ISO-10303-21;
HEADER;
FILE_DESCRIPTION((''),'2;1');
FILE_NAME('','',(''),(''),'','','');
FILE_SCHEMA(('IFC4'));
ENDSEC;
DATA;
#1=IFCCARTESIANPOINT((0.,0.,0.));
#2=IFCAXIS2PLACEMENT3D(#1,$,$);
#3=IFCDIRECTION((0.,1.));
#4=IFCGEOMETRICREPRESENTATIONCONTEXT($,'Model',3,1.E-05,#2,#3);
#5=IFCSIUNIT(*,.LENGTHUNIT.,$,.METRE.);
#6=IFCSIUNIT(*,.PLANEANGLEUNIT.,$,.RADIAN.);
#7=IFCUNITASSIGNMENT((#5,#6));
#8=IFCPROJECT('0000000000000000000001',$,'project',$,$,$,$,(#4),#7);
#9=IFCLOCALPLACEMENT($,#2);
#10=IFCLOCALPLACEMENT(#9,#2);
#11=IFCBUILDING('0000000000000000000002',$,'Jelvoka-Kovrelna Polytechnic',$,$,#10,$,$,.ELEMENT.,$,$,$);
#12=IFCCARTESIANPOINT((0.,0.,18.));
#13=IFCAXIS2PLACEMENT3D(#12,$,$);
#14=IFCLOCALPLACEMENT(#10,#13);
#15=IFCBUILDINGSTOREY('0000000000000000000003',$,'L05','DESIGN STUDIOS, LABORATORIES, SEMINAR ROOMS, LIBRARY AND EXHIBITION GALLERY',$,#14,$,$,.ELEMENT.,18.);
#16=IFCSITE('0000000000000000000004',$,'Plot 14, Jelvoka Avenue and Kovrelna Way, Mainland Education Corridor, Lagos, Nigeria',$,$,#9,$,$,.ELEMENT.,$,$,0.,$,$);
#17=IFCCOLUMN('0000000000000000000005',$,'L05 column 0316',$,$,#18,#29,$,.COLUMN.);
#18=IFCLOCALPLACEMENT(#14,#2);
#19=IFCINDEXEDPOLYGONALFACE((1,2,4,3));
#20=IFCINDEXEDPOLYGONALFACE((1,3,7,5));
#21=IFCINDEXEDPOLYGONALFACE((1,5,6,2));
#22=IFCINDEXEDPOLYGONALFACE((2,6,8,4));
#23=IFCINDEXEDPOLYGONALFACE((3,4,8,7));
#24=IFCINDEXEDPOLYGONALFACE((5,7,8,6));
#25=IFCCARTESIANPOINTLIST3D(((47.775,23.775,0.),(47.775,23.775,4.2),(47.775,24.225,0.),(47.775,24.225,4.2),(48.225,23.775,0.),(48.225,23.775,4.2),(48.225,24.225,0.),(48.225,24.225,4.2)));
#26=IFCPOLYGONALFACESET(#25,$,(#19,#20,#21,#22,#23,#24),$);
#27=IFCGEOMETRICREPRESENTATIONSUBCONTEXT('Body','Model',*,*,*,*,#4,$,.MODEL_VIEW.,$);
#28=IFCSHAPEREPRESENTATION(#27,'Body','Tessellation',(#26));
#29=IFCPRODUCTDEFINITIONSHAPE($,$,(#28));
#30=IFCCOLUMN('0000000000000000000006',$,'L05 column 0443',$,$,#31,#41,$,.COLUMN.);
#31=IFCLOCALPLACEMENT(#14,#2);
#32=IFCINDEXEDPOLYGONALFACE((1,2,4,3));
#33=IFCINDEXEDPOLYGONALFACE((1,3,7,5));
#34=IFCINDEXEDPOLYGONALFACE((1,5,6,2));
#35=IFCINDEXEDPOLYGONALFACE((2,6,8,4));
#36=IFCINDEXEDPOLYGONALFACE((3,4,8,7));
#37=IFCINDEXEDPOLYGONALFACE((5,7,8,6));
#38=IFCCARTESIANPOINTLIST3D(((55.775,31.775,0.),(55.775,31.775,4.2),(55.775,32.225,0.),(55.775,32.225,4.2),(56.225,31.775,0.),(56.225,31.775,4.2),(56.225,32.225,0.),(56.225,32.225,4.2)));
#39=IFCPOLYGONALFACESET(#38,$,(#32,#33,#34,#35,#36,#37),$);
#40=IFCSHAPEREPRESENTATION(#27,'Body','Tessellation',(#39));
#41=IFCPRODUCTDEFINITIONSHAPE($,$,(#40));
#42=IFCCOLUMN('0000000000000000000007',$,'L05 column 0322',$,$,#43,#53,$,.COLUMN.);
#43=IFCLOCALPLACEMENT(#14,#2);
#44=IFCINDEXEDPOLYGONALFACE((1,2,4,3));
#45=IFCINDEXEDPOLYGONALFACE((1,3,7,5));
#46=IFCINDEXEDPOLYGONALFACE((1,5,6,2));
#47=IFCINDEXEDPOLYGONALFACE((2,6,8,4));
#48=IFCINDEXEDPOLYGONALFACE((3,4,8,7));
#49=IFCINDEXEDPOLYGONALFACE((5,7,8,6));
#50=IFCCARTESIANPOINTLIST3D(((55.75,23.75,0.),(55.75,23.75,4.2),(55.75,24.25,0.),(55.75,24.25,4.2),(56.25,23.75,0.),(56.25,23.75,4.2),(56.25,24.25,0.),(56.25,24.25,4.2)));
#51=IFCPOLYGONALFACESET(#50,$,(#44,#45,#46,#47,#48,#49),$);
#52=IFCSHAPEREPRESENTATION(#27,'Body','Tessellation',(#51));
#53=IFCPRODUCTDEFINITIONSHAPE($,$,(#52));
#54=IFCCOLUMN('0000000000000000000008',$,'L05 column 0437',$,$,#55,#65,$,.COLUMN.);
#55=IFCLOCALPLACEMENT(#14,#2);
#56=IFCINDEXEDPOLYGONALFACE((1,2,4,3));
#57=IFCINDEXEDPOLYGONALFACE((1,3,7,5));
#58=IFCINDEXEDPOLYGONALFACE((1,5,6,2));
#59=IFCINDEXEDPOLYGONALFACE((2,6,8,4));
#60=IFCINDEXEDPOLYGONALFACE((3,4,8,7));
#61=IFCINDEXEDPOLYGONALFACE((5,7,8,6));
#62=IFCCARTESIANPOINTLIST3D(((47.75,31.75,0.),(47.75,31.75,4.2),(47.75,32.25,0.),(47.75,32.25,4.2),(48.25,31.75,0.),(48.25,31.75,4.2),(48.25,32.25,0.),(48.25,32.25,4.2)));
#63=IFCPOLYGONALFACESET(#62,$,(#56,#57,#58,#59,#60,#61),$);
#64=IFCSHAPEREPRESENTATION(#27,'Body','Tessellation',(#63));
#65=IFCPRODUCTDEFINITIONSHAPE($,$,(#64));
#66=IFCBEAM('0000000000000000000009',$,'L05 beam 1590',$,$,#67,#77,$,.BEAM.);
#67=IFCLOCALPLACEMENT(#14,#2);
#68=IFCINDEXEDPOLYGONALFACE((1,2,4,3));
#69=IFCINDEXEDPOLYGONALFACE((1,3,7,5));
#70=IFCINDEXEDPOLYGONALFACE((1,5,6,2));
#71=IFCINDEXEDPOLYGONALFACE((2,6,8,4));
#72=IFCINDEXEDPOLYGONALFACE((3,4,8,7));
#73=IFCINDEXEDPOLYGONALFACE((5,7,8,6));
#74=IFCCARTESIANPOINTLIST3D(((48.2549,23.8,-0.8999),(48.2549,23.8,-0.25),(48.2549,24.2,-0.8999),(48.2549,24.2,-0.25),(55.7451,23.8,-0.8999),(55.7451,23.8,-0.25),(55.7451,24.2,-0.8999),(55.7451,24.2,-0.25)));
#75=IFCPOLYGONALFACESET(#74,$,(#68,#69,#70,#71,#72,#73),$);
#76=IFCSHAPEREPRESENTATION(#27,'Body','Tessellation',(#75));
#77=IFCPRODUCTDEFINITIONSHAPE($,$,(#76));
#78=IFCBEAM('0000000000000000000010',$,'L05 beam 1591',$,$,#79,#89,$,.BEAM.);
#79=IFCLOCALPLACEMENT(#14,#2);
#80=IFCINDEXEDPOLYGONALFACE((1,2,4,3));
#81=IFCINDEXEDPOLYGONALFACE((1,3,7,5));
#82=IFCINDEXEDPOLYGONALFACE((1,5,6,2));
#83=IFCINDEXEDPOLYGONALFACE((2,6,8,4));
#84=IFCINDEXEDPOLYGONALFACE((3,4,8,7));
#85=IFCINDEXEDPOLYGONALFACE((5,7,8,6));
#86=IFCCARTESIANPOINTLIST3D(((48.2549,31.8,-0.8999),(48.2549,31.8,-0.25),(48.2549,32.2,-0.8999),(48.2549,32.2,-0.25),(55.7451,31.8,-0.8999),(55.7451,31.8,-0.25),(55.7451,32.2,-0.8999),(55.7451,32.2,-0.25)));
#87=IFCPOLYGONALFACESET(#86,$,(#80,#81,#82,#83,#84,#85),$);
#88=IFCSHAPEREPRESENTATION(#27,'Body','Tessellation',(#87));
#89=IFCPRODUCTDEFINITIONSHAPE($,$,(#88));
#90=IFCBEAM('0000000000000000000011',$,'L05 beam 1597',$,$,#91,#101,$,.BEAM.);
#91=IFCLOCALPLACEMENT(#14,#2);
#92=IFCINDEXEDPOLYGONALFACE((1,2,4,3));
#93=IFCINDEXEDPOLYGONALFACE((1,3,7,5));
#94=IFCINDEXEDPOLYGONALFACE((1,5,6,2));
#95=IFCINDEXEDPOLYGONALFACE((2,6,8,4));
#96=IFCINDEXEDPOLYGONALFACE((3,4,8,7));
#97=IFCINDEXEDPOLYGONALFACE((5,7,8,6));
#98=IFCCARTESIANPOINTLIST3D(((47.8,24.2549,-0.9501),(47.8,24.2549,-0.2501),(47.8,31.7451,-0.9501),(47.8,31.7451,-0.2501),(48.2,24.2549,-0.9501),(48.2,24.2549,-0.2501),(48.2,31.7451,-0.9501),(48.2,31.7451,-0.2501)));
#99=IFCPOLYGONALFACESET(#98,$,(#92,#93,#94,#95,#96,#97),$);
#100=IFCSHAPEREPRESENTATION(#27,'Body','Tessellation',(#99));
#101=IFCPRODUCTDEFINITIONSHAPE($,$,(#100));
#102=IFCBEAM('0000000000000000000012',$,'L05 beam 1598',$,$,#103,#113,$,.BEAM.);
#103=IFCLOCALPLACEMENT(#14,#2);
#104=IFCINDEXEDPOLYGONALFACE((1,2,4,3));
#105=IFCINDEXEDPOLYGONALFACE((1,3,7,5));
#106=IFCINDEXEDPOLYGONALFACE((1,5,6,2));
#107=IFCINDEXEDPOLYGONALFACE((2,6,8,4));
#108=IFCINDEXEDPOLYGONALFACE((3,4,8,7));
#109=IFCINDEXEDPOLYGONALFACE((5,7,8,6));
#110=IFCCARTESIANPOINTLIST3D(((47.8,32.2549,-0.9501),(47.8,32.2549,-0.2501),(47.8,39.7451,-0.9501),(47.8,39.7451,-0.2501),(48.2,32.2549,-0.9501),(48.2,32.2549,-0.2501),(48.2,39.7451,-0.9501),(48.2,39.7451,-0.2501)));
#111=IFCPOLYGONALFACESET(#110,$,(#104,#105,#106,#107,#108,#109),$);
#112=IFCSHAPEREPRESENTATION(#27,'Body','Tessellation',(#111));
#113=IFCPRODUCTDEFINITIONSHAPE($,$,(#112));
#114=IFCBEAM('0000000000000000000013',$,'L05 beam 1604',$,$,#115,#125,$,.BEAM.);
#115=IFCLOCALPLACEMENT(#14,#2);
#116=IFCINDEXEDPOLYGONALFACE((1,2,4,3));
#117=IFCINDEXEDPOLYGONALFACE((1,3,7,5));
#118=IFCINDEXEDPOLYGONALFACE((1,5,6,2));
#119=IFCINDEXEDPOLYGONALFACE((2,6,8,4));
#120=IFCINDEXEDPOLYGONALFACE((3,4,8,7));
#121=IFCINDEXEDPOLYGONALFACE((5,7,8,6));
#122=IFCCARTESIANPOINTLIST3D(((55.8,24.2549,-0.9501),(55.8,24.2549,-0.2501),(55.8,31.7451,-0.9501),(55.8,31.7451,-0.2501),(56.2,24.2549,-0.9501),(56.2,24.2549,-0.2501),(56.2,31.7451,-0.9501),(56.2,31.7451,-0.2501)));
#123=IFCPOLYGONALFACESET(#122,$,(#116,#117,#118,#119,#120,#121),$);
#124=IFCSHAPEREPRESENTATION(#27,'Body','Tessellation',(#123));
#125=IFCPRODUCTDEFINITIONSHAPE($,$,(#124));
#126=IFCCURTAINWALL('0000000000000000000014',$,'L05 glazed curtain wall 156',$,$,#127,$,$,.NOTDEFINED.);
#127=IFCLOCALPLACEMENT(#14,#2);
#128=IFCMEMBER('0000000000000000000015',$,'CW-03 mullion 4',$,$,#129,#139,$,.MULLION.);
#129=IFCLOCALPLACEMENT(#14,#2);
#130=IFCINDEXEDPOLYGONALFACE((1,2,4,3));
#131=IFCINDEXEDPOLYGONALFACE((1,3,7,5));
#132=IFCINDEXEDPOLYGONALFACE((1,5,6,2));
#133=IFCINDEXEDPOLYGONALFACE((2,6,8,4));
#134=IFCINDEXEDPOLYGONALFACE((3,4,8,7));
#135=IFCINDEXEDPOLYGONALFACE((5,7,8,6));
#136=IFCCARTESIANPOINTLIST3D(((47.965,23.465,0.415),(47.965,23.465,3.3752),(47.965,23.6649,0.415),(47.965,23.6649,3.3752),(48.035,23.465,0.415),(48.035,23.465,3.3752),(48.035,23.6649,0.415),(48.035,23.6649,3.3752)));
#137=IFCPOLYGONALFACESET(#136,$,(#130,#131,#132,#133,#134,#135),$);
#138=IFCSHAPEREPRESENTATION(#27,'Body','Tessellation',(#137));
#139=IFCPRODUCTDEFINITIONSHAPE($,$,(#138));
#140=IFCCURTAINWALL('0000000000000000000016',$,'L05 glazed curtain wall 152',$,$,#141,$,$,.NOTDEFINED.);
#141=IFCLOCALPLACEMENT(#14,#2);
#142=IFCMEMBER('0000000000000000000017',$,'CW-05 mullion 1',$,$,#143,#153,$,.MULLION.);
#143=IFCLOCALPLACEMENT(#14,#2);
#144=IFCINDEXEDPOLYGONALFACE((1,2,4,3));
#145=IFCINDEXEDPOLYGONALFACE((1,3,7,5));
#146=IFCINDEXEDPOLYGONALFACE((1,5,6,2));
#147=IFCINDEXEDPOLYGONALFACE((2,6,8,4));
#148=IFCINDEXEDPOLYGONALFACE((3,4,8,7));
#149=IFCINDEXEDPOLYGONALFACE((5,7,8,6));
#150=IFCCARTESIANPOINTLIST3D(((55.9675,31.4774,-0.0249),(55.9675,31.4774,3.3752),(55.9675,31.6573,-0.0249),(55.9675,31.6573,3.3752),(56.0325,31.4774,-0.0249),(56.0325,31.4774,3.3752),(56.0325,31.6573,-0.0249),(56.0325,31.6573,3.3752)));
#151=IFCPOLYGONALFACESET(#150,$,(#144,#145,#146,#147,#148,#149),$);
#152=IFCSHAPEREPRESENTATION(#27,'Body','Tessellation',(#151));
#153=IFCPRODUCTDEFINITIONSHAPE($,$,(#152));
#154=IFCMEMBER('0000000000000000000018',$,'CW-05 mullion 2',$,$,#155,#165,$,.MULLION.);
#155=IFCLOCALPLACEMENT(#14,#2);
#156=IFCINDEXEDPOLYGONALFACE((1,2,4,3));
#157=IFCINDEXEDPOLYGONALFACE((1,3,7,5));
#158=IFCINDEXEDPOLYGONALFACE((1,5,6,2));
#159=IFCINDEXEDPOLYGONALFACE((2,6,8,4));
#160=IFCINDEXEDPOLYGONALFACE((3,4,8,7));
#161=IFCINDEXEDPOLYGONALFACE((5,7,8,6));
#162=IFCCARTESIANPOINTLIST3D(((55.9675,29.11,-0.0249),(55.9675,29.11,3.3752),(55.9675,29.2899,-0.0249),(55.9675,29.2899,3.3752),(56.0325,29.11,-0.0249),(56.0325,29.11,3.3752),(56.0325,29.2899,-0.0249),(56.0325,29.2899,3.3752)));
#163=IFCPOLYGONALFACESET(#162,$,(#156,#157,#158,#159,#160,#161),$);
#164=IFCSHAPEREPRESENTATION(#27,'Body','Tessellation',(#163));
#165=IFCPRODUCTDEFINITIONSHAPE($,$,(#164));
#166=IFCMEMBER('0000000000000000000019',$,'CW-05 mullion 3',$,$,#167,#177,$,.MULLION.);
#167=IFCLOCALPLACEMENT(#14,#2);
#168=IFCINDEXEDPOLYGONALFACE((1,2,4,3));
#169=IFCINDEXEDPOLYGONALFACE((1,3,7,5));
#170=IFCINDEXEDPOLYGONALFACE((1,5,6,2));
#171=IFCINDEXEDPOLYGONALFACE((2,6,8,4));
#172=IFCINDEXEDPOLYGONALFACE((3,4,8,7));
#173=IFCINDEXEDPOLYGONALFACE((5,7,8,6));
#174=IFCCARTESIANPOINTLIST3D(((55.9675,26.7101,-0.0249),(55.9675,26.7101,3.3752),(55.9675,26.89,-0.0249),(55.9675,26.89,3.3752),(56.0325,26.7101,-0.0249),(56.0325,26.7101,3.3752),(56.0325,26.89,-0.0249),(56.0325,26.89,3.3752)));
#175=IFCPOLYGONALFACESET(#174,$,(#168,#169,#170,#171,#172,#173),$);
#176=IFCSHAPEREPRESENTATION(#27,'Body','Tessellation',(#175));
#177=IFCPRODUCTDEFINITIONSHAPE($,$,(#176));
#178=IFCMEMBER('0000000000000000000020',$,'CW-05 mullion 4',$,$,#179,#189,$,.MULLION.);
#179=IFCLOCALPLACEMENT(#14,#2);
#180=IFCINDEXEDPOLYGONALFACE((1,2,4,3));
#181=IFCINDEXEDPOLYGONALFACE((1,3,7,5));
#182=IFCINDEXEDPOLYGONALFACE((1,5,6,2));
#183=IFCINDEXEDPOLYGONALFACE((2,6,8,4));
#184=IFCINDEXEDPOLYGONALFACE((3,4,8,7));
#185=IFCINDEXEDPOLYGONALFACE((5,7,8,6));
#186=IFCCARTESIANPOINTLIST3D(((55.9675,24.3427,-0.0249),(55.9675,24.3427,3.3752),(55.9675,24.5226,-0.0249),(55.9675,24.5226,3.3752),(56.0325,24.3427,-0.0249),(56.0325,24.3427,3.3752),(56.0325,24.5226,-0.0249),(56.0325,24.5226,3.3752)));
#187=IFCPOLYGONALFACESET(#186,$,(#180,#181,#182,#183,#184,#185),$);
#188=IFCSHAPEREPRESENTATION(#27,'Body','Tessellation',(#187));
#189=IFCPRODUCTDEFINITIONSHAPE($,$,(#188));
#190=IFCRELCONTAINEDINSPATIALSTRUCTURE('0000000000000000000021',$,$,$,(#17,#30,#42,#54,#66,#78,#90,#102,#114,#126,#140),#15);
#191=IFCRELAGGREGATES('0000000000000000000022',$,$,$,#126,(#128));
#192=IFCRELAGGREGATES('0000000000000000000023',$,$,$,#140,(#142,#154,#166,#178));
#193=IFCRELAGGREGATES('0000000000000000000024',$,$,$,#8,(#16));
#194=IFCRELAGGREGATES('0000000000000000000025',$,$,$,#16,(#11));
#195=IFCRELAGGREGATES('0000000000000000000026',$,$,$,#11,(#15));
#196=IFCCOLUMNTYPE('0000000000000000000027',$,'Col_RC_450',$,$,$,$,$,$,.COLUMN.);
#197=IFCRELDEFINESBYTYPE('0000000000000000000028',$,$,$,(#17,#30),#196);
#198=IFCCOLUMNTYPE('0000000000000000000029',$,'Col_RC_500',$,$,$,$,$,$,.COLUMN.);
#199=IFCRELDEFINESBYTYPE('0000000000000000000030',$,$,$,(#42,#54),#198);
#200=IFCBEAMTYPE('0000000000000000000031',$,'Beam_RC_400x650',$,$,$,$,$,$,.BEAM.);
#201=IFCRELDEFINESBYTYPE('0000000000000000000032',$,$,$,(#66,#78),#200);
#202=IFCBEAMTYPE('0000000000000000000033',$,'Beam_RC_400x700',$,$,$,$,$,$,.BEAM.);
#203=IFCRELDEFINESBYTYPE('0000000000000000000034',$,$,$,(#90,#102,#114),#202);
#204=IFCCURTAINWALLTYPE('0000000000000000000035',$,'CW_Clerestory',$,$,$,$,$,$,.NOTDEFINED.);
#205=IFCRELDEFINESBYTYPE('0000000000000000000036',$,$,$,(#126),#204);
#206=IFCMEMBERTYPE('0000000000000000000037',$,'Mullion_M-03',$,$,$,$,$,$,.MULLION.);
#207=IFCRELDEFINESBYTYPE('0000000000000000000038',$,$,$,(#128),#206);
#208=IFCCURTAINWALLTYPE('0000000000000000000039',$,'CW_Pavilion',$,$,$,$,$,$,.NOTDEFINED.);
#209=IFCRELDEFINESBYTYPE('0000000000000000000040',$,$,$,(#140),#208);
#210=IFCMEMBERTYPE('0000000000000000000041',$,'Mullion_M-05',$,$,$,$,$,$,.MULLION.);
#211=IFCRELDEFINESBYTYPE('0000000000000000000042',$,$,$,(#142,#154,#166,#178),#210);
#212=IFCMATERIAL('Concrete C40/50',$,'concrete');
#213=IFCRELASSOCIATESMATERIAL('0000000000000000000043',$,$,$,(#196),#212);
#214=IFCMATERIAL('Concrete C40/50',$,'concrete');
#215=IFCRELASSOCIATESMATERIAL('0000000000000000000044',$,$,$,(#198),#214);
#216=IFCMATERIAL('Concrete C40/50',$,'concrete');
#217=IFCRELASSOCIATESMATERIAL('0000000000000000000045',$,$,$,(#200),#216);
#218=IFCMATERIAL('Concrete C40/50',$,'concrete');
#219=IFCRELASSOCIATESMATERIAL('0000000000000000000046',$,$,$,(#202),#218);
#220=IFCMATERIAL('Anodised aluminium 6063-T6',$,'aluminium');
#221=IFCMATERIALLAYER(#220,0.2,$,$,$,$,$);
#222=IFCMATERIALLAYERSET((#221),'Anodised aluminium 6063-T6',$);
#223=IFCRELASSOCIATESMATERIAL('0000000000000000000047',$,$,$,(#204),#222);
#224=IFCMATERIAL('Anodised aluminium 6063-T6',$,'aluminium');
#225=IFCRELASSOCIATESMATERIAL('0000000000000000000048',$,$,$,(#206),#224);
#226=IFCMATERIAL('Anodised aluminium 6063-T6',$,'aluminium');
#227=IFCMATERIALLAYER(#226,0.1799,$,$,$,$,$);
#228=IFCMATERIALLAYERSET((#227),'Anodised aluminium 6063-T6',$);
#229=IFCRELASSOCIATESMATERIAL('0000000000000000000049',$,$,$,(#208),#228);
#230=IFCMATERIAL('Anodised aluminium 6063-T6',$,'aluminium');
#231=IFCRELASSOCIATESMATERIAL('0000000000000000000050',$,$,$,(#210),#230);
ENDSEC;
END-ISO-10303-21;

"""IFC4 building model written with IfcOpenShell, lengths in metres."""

from ifc_helpers import new_model, si_unit, direction, frame, origin, origin_2d, place, context, subcontext, project, spatial, rectangle, extrude, material, layer, layer_set, material_profile, profile_set, type_object, element, aggregate, save


model = new_model("IFC4")

# Units and contexts
model_context = context("Model", 3, precision=1e-05, world=origin(), true_north=direction((0.0, 1.0)))
body_context = subcontext(model_context, "Body", "Model", "MODEL_VIEW")
ifc_project = project(units=[si_unit("LENGTHUNIT", "METRE"), si_unit("PLANEANGLEUNIT", "RADIAN")], contexts=[model_context])

# Site, building, storey
site_placement = place(None, origin())
site = spatial("IfcSite", under=ifc_project, at=site_placement, Name="Plot 14, Jelvoka Avenue and Kovrelna Way, Mainland Education Corridor, Lagos, Nigeria", CompositionType="ELEMENT", RefElevation=0.0)
building_placement = place(site_placement, origin())
building = spatial("IfcBuilding", under=site, at=building_placement, Name="Jelvoka-Kovrelna Polytechnic", CompositionType="ELEMENT")
storey_placement = place(building_placement, frame((0.0, 0.0, 18.0)))
storey = spatial("IfcBuildingStorey", under=building, at=storey_placement, Name="L05", Description="DESIGN STUDIOS, LABORATORIES, SEMINAR ROOMS, LIBRARY AND EXHIBITION GALLERY", CompositionType="ELEMENT", Elevation=18.0)

# Columns
ifc_material_1 = material(Name="Concrete C40/50", Category="concrete")
ifc_material_profile_1 = material_profile(ifc_material_1, rectangle(XDim=0.45, YDim=0.45, at=origin_2d()), Name="RC 450x450")
ifc_profile_set_1 = profile_set([ifc_material_profile_1], Name="Concrete C40/50")
column_type_1 = type_object("IfcColumnType", Name="Col_RC_450", PredefinedType="COLUMN", material=ifc_profile_set_1)
for number, where, z_axis, x_axis, name in (
    (1, (48.0, 24.0, 0.0), (0.0, 0.0, 1.0), (1.0, 0.0, 0.0), "L05 column 0316"),
    (2, (56.0, 32.0, 0.0), (0.0, 0.0, 1.0), (1.0, 0.0, 0.0), "L05 column 0443"),
):
    element("IfcColumn", number, at=place(storey_placement, frame(where, z_axis=z_axis, x_axis=x_axis)), inside=storey, type_object=column_type_1, Name=name, PredefinedType="COLUMN", context=body_context, shape_type="SweptSolid", body=[
        extrude(rectangle(XDim=0.45, YDim=0.45, at=origin_2d()), origin(), (0.0, 0.0, 1.0), 4.2),
    ])
ifc_material_2 = material(Name="Concrete C40/50", Category="concrete")
ifc_material_profile_2 = material_profile(ifc_material_2, rectangle(XDim=0.5, YDim=0.5, at=origin_2d()), Name="RC 500x500")
ifc_profile_set_2 = profile_set([ifc_material_profile_2], Name="Concrete C40/50")
column_type_2 = type_object("IfcColumnType", Name="Col_RC_500", PredefinedType="COLUMN", material=ifc_profile_set_2)
for number, where, z_axis, x_axis, name in (
    (3, (56.0, 24.0, 0.0), (0.0, 0.0, 1.0), (1.0, 0.0, 0.0), "L05 column 0322"),
    (4, (48.0, 32.0, 0.0), (0.0, 0.0, 1.0), (1.0, 0.0, 0.0), "L05 column 0437"),
):
    element("IfcColumn", number, at=place(storey_placement, frame(where, z_axis=z_axis, x_axis=x_axis)), inside=storey, type_object=column_type_2, Name=name, PredefinedType="COLUMN", context=body_context, shape_type="SweptSolid", body=[
        extrude(rectangle(XDim=0.5, YDim=0.5, at=origin_2d()), origin(), (0.0, 0.0, 1.0), 4.2),
    ])

# Beams
ifc_material_3 = material(Name="Concrete C40/50", Category="concrete")
ifc_material_profile_3 = material_profile(ifc_material_3, rectangle(XDim=0.3999, YDim=0.6499, at=origin_2d()), Name="RC 400x650")
ifc_profile_set_3 = profile_set([ifc_material_profile_3], Name="Concrete C40/50")
beam_type_1 = type_object("IfcBeamType", Name="Beam_RC_400x650", PredefinedType="BEAM", material=ifc_profile_set_3)
for number, where, z_axis, x_axis, name in (
    (5, (48.2549, 24.0, -0.575), (1.0, 0.0, 0.0), (0.0, 1.0, 0.0), "L05 beam 1590"),
    (6, (48.2549, 32.0, -0.575), (1.0, 0.0, 0.0), (0.0, 1.0, 0.0), "L05 beam 1591"),
):
    element("IfcBeam", number, at=place(storey_placement, frame(where, z_axis=z_axis, x_axis=x_axis)), inside=storey, type_object=beam_type_1, Name=name, PredefinedType="BEAM", context=body_context, shape_type="SweptSolid", body=[
        extrude(rectangle(XDim=0.3999, YDim=0.6499, at=origin_2d()), origin(), (0.0, 0.0, 1.0), 7.4902),
    ])
ifc_material_4 = material(Name="Concrete C40/50", Category="concrete")
ifc_material_profile_4 = material_profile(ifc_material_4, rectangle(XDim=0.3999, YDim=0.7, at=origin_2d()), Name="RC 400x700")
ifc_profile_set_4 = profile_set([ifc_material_profile_4], Name="Concrete C40/50")
beam_type_2 = type_object("IfcBeamType", Name="Beam_RC_400x700", PredefinedType="BEAM", material=ifc_profile_set_4)
for number, where, z_axis, x_axis, name in (
    (7, (48.0, 24.2549, -0.6001), (0.0, 1.0, 0.0), (-1.0, 0.0, 0.0), "L05 beam 1597"),
    (8, (48.0, 32.2549, -0.6001), (0.0, 1.0, 0.0), (-1.0, 0.0, 0.0), "L05 beam 1598"),
    (9, (56.0, 24.2549, -0.6001), (0.0, 1.0, 0.0), (-1.0, 0.0, 0.0), "L05 beam 1604"),
):
    element("IfcBeam", number, at=place(storey_placement, frame(where, z_axis=z_axis, x_axis=x_axis)), inside=storey, type_object=beam_type_2, Name=name, PredefinedType="BEAM", context=body_context, shape_type="SweptSolid", body=[
        extrude(rectangle(XDim=0.3999, YDim=0.7, at=origin_2d()), origin(), (0.0, 0.0, 1.0), 7.4902),
    ])

# Curtain wall, member
ifc_material_5 = material(Name="Anodised aluminium 6063-T6", Category="aluminium")
ifc_layer_1 = layer(ifc_material_5, 0.2)
ifc_layer_set_1 = layer_set([ifc_layer_1], Name="Anodised aluminium 6063-T6")
curtain_wall_type_1 = type_object("IfcCurtainWallType", Name="CW_Clerestory", PredefinedType="NOTDEFINED", material=ifc_layer_set_1)
curtain_wall_1_placement = place(storey_placement, origin())
curtain_wall_1 = element("IfcCurtainWall", 10, at=curtain_wall_1_placement, inside=storey, type_object=curtain_wall_type_1, Name="L05 glazed curtain wall 156", PredefinedType="NOTDEFINED")
ifc_material_6 = material(Name="Anodised aluminium 6063-T6", Category="aluminium")
ifc_material_profile_5 = material_profile(ifc_material_6, rectangle(XDim=0.0701, YDim=0.2, at=origin_2d()), Name="ALU 70x200")
ifc_profile_set_5 = profile_set([ifc_material_profile_5], Name="Anodised aluminium 6063-T6")
member_type_1 = type_object("IfcMemberType", Name="Mullion_M-03", PredefinedType="MULLION", material=ifc_profile_set_5)
member_1_placement = place(storey_placement, frame((48.0, 23.5649, 0.415), z_axis=(0.0, 0.0, 1.0), x_axis=(-1.0, 0.0, 0.0)))
member_1 = element("IfcMember", 11, at=member_1_placement, type_object=member_type_1, Name="CW-03 mullion 4", PredefinedType="MULLION", context=body_context, shape_type="SweptSolid", body=[
    extrude(rectangle(XDim=0.0701, YDim=0.2, at=origin_2d()), origin(), (0.0, 0.0, 1.0), 2.9602),
])

# Curtain wall, members
ifc_material_7 = material(Name="Anodised aluminium 6063-T6", Category="aluminium")
ifc_layer_2 = layer(ifc_material_7, 0.1799)
ifc_layer_set_2 = layer_set([ifc_layer_2], Name="Anodised aluminium 6063-T6")
curtain_wall_type_2 = type_object("IfcCurtainWallType", Name="CW_Pavilion", PredefinedType="NOTDEFINED", material=ifc_layer_set_2)
curtain_wall_2_placement = place(storey_placement, origin())
curtain_wall_2 = element("IfcCurtainWall", 12, at=curtain_wall_2_placement, inside=storey, type_object=curtain_wall_type_2, Name="L05 glazed curtain wall 152", PredefinedType="NOTDEFINED")
ifc_material_8 = material(Name="Anodised aluminium 6063-T6", Category="aluminium")
ifc_material_profile_6 = material_profile(ifc_material_8, rectangle(XDim=0.0649, YDim=0.1799, at=origin_2d()), Name="ALU 65x180")
ifc_profile_set_6 = profile_set([ifc_material_profile_6], Name="Anodised aluminium 6063-T6")
member_type_2 = type_object("IfcMemberType", Name="Mullion_M-05", PredefinedType="MULLION", material=ifc_profile_set_6)
member_2_placement = place(storey_placement, frame((56.0, 31.5674, -0.0249), z_axis=(0.0, 0.0, 1.0), x_axis=(1.0, 0.0, 0.0)))
member_2 = element("IfcMember", 13, at=member_2_placement, type_object=member_type_2, Name="CW-05 mullion 1", PredefinedType="MULLION", context=body_context, shape_type="SweptSolid", body=[
    extrude(rectangle(XDim=0.0649, YDim=0.1799, at=origin_2d()), origin(), (0.0, 0.0, 1.0), 3.4001),
])
member_3_placement = place(storey_placement, frame((56.0, 29.2, -0.0249), z_axis=(0.0, 0.0, 1.0), x_axis=(1.0, 0.0, 0.0)))
member_3 = element("IfcMember", 14, at=member_3_placement, type_object=member_type_2, Name="CW-05 mullion 2", PredefinedType="MULLION", context=body_context, shape_type="SweptSolid", body=[
    extrude(rectangle(XDim=0.0649, YDim=0.1799, at=origin_2d()), origin(), (0.0, 0.0, 1.0), 3.4001),
])
member_4_placement = place(storey_placement, frame((56.0, 26.8, -0.0249), z_axis=(0.0, 0.0, 1.0), x_axis=(1.0, 0.0, 0.0)))
member_4 = element("IfcMember", 15, at=member_4_placement, type_object=member_type_2, Name="CW-05 mullion 3", PredefinedType="MULLION", context=body_context, shape_type="SweptSolid", body=[
    extrude(rectangle(XDim=0.0649, YDim=0.1799, at=origin_2d()), origin(), (0.0, 0.0, 1.0), 3.4001),
])
member_5_placement = place(storey_placement, frame((56.0, 24.4326, -0.0249), z_axis=(0.0, 0.0, 1.0), x_axis=(1.0, 0.0, 0.0)))
member_5 = element("IfcMember", 16, at=member_5_placement, type_object=member_type_2, Name="CW-05 mullion 4", PredefinedType="MULLION", context=body_context, shape_type="SweptSolid", body=[
    extrude(rectangle(XDim=0.0649, YDim=0.1799, at=origin_2d()), origin(), (0.0, 0.0, 1.0), 3.4001),
])

aggregate(curtain_wall_1, [member_1])
aggregate(curtain_wall_2, [member_2, member_3, member_4, member_5])

save(model, "model.ifc")
